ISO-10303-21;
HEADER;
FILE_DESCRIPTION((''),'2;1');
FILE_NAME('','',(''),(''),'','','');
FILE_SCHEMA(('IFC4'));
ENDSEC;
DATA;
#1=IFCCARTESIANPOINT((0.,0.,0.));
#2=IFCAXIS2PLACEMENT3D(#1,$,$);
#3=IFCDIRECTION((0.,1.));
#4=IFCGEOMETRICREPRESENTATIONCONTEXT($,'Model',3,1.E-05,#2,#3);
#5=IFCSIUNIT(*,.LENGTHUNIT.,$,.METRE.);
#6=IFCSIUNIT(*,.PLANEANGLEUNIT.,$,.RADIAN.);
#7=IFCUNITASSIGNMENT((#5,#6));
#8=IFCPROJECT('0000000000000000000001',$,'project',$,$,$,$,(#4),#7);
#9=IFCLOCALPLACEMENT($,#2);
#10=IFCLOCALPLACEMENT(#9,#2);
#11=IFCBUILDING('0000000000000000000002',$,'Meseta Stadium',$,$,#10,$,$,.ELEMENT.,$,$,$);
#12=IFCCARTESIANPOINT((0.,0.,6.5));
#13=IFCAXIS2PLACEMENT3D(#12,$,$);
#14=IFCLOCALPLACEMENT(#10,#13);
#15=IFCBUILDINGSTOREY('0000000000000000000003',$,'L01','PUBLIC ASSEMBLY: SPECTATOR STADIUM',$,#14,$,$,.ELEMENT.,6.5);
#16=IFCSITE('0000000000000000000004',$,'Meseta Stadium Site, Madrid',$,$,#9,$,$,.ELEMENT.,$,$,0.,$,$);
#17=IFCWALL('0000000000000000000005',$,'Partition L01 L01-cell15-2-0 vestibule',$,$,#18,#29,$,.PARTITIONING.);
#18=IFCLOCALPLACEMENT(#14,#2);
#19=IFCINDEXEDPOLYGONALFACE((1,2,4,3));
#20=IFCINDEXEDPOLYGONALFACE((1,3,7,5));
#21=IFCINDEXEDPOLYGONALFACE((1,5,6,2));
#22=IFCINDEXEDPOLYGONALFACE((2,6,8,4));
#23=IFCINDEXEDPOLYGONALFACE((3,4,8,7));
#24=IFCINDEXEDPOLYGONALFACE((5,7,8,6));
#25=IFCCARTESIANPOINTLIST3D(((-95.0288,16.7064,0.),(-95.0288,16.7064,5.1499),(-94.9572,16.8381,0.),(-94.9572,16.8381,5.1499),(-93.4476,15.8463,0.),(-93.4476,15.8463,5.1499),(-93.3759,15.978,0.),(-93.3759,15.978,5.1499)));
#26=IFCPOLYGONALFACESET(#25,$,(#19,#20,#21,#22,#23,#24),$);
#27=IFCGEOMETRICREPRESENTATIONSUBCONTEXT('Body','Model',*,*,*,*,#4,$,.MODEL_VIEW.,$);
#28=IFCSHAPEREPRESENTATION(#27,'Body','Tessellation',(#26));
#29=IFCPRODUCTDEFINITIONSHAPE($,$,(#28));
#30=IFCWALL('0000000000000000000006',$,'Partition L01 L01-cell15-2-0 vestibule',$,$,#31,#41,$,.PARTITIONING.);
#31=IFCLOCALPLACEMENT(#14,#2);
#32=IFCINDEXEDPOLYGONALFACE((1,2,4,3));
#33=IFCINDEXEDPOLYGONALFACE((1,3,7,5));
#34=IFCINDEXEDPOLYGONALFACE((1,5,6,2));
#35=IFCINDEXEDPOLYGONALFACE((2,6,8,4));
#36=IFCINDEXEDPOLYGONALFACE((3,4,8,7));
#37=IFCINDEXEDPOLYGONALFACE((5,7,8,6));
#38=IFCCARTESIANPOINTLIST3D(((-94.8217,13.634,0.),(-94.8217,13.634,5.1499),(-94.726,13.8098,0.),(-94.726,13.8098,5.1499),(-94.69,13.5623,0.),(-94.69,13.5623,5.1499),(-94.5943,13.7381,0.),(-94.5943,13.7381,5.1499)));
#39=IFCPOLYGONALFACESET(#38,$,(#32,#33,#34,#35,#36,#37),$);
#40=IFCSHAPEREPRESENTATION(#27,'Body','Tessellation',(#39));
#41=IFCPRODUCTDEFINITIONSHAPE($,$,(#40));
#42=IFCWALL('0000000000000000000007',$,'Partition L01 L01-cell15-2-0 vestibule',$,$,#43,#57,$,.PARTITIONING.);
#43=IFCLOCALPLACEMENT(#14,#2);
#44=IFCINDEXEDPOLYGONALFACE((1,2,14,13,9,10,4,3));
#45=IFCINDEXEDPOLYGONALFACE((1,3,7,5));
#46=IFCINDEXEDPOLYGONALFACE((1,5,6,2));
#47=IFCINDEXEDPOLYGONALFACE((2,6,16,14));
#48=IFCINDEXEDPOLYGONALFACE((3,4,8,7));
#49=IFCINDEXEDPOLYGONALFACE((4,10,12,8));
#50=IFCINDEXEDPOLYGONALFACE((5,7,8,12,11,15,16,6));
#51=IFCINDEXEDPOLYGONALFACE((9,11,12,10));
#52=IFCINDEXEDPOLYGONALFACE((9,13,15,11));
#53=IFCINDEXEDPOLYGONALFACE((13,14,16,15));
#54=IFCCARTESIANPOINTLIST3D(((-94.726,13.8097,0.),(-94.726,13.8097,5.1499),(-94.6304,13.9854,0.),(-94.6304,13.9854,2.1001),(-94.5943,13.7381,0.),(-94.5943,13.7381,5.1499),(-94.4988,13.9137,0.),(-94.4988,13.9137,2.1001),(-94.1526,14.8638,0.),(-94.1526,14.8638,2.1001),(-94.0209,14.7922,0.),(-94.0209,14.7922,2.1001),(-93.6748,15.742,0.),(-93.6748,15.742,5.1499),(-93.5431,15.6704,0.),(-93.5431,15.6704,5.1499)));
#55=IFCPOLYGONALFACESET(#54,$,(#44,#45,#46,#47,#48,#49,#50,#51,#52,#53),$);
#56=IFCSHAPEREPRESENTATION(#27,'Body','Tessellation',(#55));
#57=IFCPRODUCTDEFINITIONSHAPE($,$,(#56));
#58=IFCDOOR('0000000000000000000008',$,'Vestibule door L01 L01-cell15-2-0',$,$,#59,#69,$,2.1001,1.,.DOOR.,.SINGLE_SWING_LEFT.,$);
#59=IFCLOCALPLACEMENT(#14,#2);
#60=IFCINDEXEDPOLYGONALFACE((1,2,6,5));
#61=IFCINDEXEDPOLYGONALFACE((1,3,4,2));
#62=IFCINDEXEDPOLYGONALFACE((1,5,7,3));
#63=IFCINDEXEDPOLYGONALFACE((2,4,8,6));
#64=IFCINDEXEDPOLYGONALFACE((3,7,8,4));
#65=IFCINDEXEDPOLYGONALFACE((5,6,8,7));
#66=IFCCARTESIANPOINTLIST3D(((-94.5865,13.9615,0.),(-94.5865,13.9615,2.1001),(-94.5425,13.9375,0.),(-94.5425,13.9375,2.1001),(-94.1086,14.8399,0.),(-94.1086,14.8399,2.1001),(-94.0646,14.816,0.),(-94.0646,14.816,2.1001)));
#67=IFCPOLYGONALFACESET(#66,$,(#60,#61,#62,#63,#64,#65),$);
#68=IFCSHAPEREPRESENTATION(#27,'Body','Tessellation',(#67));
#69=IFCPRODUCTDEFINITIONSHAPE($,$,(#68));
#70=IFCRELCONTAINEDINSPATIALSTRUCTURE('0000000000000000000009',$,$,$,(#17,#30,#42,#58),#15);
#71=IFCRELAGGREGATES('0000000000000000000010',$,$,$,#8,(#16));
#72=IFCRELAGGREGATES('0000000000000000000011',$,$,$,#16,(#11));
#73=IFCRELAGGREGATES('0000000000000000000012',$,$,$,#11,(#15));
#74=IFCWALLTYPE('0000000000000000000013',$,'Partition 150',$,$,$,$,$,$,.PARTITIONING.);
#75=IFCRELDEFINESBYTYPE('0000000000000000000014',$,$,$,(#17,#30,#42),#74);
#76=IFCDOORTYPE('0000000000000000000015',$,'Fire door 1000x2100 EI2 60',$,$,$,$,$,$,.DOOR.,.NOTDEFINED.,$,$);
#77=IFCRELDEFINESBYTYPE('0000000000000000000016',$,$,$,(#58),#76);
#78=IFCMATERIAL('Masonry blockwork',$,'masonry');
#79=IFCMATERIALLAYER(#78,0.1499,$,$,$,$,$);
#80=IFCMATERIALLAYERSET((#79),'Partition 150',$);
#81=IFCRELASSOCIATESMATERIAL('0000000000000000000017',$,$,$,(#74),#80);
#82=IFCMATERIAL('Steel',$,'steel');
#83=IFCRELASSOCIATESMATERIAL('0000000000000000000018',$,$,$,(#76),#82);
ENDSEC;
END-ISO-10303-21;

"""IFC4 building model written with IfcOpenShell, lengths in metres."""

from ifc_helpers import new_model, si_unit, direction, frame, frame_2d, origin, place, context, subcontext, project, spatial, rectangle, extrude, material, layer, layer_set, type_object, element, fill, save


model = new_model("IFC4")

# Units and contexts
model_context = context("Model", 3, precision=1e-05, world=origin(), true_north=direction((0.0, 1.0)))
body_context = subcontext(model_context, "Body", "Model", "MODEL_VIEW")
ifc_project = project(units=[si_unit("LENGTHUNIT", "METRE"), si_unit("PLANEANGLEUNIT", "RADIAN")], contexts=[model_context])

# Site, building, storey
site_placement = place(None, origin())
site = spatial("IfcSite", under=ifc_project, at=site_placement, Name="Meseta Stadium Site, Madrid", CompositionType="ELEMENT", RefElevation=0.0)
building_placement = place(site_placement, origin())
building = spatial("IfcBuilding", under=site, at=building_placement, Name="Meseta Stadium", CompositionType="ELEMENT")
storey_placement = place(building_placement, frame((0.0, 0.0, 6.5)))
storey = spatial("IfcBuildingStorey", under=building, at=storey_placement, Name="L01", Description="PUBLIC ASSEMBLY: SPECTATOR STADIUM", CompositionType="ELEMENT", Elevation=6.5)

# Walls
ifc_material_1 = material(Name="Masonry blockwork", Category="masonry")
ifc_layer_1 = layer(ifc_material_1, 0.1499)
ifc_layer_set_1 = layer_set([ifc_layer_1], Name="Partition 150")
wall_type_1 = type_object("IfcWallType", Name="Partition 150", PredefinedType="PARTITIONING", material=ifc_layer_set_1)
wall_1_placement = place(storey_placement, frame((-94.9929, 16.7722, 0.0), z_axis=(0.0, 0.0, 1.0), x_axis=(0.87846, -0.477816, 0.0)))
element("IfcWall", 1, at=wall_1_placement, inside=storey, type_object=wall_type_1, Name="Partition L01 L01-cell15-2-0 vestibule", PredefinedType="PARTITIONING", context=body_context, shape_type="SweptSolid", body=[
    extrude(rectangle(XDim=1.8, YDim=0.1499, at=frame_2d((0.8999, 0.0))), origin(), (0.0, 0.0, 1.0), 5.1499),
])
wall_2_placement = place(storey_placement, frame((-94.7559, 13.5981, 0.0), z_axis=(0.0, 0.0, 1.0), x_axis=(0.478168, 0.878268, 0.0)))
element("IfcWall", 2, at=wall_2_placement, inside=storey, type_object=wall_type_1, Name="Partition L01 L01-cell15-2-0 vestibule", PredefinedType="PARTITIONING", context=body_context, shape_type="SweptSolid", body=[
    extrude(rectangle(XDim=0.2002, YDim=0.1499, at=frame_2d((0.1001, 0.0))), origin(), (0.0, 0.0, 1.0), 5.1499),
])

# Wall, opening, door
wall_3_placement = place(storey_placement, frame((-94.6602, 13.7739, 0.0), z_axis=(0.0, 0.0, 1.0), x_axis=(0.477888, 0.878421, 0.0)))
wall_3 = element("IfcWall", 3, at=wall_3_placement, inside=storey, type_object=wall_type_1, Name="Partition L01 L01-cell15-2-0 vestibule", PredefinedType="PARTITIONING", context=body_context, shape_type="SweptSolid", body=[
    extrude(rectangle(XDim=2.1997, YDim=0.1499, at=frame_2d((1.0999, 0.0))), origin(), (0.0, 0.0, 1.0), 5.1499),
])
opening_1_placement = place(wall_3_placement, frame((0.2, 0.0, 0.0)))
opening_1 = element("IfcOpeningElement", 4, at=opening_1_placement, cuts=wall_3, PredefinedType="OPENING", context=body_context, shape_type="SweptSolid", body=[
    extrude(rectangle(XDim=1.0, YDim=2.1001, at=frame_2d((0.5, 1.05))), frame((0.0, 0.085, 0.0), z_axis=(0.0, -1.0, 0.0), x_axis=(1.0, 0.0, 0.0)), (0.0, 0.0, 1.0), 0.1699),
])
ifc_material_2 = material(Name="Steel", Category="steel")
door_type_1 = type_object("IfcDoorType", Name="Fire door 1000x2100 EI2 60", OperationType="NOTDEFINED", PredefinedType="DOOR", material=ifc_material_2)
door_1_placement = place(opening_1_placement, origin())
door_1 = element("IfcDoor", 5, at=door_1_placement, inside=storey, type_object=door_type_1, Name="Vestibule door L01 L01-cell15-2-0", OperationType="SINGLE_SWING_LEFT", OverallHeight=2.1001, OverallWidth=1.0, PredefinedType="DOOR", context=body_context, shape_type="SweptSolid", body=[
    extrude(rectangle(XDim=1.0, YDim=2.1001, at=frame_2d((0.5, 1.05))), frame((0.0, 0.0249, 0.0), z_axis=(0.0, -1.0, 0.0), x_axis=(1.0, 0.0, 0.0)), (0.0, 0.0, 1.0), 0.05),
])
fill(opening_1, door_1)

save(model, "model.ifc")
